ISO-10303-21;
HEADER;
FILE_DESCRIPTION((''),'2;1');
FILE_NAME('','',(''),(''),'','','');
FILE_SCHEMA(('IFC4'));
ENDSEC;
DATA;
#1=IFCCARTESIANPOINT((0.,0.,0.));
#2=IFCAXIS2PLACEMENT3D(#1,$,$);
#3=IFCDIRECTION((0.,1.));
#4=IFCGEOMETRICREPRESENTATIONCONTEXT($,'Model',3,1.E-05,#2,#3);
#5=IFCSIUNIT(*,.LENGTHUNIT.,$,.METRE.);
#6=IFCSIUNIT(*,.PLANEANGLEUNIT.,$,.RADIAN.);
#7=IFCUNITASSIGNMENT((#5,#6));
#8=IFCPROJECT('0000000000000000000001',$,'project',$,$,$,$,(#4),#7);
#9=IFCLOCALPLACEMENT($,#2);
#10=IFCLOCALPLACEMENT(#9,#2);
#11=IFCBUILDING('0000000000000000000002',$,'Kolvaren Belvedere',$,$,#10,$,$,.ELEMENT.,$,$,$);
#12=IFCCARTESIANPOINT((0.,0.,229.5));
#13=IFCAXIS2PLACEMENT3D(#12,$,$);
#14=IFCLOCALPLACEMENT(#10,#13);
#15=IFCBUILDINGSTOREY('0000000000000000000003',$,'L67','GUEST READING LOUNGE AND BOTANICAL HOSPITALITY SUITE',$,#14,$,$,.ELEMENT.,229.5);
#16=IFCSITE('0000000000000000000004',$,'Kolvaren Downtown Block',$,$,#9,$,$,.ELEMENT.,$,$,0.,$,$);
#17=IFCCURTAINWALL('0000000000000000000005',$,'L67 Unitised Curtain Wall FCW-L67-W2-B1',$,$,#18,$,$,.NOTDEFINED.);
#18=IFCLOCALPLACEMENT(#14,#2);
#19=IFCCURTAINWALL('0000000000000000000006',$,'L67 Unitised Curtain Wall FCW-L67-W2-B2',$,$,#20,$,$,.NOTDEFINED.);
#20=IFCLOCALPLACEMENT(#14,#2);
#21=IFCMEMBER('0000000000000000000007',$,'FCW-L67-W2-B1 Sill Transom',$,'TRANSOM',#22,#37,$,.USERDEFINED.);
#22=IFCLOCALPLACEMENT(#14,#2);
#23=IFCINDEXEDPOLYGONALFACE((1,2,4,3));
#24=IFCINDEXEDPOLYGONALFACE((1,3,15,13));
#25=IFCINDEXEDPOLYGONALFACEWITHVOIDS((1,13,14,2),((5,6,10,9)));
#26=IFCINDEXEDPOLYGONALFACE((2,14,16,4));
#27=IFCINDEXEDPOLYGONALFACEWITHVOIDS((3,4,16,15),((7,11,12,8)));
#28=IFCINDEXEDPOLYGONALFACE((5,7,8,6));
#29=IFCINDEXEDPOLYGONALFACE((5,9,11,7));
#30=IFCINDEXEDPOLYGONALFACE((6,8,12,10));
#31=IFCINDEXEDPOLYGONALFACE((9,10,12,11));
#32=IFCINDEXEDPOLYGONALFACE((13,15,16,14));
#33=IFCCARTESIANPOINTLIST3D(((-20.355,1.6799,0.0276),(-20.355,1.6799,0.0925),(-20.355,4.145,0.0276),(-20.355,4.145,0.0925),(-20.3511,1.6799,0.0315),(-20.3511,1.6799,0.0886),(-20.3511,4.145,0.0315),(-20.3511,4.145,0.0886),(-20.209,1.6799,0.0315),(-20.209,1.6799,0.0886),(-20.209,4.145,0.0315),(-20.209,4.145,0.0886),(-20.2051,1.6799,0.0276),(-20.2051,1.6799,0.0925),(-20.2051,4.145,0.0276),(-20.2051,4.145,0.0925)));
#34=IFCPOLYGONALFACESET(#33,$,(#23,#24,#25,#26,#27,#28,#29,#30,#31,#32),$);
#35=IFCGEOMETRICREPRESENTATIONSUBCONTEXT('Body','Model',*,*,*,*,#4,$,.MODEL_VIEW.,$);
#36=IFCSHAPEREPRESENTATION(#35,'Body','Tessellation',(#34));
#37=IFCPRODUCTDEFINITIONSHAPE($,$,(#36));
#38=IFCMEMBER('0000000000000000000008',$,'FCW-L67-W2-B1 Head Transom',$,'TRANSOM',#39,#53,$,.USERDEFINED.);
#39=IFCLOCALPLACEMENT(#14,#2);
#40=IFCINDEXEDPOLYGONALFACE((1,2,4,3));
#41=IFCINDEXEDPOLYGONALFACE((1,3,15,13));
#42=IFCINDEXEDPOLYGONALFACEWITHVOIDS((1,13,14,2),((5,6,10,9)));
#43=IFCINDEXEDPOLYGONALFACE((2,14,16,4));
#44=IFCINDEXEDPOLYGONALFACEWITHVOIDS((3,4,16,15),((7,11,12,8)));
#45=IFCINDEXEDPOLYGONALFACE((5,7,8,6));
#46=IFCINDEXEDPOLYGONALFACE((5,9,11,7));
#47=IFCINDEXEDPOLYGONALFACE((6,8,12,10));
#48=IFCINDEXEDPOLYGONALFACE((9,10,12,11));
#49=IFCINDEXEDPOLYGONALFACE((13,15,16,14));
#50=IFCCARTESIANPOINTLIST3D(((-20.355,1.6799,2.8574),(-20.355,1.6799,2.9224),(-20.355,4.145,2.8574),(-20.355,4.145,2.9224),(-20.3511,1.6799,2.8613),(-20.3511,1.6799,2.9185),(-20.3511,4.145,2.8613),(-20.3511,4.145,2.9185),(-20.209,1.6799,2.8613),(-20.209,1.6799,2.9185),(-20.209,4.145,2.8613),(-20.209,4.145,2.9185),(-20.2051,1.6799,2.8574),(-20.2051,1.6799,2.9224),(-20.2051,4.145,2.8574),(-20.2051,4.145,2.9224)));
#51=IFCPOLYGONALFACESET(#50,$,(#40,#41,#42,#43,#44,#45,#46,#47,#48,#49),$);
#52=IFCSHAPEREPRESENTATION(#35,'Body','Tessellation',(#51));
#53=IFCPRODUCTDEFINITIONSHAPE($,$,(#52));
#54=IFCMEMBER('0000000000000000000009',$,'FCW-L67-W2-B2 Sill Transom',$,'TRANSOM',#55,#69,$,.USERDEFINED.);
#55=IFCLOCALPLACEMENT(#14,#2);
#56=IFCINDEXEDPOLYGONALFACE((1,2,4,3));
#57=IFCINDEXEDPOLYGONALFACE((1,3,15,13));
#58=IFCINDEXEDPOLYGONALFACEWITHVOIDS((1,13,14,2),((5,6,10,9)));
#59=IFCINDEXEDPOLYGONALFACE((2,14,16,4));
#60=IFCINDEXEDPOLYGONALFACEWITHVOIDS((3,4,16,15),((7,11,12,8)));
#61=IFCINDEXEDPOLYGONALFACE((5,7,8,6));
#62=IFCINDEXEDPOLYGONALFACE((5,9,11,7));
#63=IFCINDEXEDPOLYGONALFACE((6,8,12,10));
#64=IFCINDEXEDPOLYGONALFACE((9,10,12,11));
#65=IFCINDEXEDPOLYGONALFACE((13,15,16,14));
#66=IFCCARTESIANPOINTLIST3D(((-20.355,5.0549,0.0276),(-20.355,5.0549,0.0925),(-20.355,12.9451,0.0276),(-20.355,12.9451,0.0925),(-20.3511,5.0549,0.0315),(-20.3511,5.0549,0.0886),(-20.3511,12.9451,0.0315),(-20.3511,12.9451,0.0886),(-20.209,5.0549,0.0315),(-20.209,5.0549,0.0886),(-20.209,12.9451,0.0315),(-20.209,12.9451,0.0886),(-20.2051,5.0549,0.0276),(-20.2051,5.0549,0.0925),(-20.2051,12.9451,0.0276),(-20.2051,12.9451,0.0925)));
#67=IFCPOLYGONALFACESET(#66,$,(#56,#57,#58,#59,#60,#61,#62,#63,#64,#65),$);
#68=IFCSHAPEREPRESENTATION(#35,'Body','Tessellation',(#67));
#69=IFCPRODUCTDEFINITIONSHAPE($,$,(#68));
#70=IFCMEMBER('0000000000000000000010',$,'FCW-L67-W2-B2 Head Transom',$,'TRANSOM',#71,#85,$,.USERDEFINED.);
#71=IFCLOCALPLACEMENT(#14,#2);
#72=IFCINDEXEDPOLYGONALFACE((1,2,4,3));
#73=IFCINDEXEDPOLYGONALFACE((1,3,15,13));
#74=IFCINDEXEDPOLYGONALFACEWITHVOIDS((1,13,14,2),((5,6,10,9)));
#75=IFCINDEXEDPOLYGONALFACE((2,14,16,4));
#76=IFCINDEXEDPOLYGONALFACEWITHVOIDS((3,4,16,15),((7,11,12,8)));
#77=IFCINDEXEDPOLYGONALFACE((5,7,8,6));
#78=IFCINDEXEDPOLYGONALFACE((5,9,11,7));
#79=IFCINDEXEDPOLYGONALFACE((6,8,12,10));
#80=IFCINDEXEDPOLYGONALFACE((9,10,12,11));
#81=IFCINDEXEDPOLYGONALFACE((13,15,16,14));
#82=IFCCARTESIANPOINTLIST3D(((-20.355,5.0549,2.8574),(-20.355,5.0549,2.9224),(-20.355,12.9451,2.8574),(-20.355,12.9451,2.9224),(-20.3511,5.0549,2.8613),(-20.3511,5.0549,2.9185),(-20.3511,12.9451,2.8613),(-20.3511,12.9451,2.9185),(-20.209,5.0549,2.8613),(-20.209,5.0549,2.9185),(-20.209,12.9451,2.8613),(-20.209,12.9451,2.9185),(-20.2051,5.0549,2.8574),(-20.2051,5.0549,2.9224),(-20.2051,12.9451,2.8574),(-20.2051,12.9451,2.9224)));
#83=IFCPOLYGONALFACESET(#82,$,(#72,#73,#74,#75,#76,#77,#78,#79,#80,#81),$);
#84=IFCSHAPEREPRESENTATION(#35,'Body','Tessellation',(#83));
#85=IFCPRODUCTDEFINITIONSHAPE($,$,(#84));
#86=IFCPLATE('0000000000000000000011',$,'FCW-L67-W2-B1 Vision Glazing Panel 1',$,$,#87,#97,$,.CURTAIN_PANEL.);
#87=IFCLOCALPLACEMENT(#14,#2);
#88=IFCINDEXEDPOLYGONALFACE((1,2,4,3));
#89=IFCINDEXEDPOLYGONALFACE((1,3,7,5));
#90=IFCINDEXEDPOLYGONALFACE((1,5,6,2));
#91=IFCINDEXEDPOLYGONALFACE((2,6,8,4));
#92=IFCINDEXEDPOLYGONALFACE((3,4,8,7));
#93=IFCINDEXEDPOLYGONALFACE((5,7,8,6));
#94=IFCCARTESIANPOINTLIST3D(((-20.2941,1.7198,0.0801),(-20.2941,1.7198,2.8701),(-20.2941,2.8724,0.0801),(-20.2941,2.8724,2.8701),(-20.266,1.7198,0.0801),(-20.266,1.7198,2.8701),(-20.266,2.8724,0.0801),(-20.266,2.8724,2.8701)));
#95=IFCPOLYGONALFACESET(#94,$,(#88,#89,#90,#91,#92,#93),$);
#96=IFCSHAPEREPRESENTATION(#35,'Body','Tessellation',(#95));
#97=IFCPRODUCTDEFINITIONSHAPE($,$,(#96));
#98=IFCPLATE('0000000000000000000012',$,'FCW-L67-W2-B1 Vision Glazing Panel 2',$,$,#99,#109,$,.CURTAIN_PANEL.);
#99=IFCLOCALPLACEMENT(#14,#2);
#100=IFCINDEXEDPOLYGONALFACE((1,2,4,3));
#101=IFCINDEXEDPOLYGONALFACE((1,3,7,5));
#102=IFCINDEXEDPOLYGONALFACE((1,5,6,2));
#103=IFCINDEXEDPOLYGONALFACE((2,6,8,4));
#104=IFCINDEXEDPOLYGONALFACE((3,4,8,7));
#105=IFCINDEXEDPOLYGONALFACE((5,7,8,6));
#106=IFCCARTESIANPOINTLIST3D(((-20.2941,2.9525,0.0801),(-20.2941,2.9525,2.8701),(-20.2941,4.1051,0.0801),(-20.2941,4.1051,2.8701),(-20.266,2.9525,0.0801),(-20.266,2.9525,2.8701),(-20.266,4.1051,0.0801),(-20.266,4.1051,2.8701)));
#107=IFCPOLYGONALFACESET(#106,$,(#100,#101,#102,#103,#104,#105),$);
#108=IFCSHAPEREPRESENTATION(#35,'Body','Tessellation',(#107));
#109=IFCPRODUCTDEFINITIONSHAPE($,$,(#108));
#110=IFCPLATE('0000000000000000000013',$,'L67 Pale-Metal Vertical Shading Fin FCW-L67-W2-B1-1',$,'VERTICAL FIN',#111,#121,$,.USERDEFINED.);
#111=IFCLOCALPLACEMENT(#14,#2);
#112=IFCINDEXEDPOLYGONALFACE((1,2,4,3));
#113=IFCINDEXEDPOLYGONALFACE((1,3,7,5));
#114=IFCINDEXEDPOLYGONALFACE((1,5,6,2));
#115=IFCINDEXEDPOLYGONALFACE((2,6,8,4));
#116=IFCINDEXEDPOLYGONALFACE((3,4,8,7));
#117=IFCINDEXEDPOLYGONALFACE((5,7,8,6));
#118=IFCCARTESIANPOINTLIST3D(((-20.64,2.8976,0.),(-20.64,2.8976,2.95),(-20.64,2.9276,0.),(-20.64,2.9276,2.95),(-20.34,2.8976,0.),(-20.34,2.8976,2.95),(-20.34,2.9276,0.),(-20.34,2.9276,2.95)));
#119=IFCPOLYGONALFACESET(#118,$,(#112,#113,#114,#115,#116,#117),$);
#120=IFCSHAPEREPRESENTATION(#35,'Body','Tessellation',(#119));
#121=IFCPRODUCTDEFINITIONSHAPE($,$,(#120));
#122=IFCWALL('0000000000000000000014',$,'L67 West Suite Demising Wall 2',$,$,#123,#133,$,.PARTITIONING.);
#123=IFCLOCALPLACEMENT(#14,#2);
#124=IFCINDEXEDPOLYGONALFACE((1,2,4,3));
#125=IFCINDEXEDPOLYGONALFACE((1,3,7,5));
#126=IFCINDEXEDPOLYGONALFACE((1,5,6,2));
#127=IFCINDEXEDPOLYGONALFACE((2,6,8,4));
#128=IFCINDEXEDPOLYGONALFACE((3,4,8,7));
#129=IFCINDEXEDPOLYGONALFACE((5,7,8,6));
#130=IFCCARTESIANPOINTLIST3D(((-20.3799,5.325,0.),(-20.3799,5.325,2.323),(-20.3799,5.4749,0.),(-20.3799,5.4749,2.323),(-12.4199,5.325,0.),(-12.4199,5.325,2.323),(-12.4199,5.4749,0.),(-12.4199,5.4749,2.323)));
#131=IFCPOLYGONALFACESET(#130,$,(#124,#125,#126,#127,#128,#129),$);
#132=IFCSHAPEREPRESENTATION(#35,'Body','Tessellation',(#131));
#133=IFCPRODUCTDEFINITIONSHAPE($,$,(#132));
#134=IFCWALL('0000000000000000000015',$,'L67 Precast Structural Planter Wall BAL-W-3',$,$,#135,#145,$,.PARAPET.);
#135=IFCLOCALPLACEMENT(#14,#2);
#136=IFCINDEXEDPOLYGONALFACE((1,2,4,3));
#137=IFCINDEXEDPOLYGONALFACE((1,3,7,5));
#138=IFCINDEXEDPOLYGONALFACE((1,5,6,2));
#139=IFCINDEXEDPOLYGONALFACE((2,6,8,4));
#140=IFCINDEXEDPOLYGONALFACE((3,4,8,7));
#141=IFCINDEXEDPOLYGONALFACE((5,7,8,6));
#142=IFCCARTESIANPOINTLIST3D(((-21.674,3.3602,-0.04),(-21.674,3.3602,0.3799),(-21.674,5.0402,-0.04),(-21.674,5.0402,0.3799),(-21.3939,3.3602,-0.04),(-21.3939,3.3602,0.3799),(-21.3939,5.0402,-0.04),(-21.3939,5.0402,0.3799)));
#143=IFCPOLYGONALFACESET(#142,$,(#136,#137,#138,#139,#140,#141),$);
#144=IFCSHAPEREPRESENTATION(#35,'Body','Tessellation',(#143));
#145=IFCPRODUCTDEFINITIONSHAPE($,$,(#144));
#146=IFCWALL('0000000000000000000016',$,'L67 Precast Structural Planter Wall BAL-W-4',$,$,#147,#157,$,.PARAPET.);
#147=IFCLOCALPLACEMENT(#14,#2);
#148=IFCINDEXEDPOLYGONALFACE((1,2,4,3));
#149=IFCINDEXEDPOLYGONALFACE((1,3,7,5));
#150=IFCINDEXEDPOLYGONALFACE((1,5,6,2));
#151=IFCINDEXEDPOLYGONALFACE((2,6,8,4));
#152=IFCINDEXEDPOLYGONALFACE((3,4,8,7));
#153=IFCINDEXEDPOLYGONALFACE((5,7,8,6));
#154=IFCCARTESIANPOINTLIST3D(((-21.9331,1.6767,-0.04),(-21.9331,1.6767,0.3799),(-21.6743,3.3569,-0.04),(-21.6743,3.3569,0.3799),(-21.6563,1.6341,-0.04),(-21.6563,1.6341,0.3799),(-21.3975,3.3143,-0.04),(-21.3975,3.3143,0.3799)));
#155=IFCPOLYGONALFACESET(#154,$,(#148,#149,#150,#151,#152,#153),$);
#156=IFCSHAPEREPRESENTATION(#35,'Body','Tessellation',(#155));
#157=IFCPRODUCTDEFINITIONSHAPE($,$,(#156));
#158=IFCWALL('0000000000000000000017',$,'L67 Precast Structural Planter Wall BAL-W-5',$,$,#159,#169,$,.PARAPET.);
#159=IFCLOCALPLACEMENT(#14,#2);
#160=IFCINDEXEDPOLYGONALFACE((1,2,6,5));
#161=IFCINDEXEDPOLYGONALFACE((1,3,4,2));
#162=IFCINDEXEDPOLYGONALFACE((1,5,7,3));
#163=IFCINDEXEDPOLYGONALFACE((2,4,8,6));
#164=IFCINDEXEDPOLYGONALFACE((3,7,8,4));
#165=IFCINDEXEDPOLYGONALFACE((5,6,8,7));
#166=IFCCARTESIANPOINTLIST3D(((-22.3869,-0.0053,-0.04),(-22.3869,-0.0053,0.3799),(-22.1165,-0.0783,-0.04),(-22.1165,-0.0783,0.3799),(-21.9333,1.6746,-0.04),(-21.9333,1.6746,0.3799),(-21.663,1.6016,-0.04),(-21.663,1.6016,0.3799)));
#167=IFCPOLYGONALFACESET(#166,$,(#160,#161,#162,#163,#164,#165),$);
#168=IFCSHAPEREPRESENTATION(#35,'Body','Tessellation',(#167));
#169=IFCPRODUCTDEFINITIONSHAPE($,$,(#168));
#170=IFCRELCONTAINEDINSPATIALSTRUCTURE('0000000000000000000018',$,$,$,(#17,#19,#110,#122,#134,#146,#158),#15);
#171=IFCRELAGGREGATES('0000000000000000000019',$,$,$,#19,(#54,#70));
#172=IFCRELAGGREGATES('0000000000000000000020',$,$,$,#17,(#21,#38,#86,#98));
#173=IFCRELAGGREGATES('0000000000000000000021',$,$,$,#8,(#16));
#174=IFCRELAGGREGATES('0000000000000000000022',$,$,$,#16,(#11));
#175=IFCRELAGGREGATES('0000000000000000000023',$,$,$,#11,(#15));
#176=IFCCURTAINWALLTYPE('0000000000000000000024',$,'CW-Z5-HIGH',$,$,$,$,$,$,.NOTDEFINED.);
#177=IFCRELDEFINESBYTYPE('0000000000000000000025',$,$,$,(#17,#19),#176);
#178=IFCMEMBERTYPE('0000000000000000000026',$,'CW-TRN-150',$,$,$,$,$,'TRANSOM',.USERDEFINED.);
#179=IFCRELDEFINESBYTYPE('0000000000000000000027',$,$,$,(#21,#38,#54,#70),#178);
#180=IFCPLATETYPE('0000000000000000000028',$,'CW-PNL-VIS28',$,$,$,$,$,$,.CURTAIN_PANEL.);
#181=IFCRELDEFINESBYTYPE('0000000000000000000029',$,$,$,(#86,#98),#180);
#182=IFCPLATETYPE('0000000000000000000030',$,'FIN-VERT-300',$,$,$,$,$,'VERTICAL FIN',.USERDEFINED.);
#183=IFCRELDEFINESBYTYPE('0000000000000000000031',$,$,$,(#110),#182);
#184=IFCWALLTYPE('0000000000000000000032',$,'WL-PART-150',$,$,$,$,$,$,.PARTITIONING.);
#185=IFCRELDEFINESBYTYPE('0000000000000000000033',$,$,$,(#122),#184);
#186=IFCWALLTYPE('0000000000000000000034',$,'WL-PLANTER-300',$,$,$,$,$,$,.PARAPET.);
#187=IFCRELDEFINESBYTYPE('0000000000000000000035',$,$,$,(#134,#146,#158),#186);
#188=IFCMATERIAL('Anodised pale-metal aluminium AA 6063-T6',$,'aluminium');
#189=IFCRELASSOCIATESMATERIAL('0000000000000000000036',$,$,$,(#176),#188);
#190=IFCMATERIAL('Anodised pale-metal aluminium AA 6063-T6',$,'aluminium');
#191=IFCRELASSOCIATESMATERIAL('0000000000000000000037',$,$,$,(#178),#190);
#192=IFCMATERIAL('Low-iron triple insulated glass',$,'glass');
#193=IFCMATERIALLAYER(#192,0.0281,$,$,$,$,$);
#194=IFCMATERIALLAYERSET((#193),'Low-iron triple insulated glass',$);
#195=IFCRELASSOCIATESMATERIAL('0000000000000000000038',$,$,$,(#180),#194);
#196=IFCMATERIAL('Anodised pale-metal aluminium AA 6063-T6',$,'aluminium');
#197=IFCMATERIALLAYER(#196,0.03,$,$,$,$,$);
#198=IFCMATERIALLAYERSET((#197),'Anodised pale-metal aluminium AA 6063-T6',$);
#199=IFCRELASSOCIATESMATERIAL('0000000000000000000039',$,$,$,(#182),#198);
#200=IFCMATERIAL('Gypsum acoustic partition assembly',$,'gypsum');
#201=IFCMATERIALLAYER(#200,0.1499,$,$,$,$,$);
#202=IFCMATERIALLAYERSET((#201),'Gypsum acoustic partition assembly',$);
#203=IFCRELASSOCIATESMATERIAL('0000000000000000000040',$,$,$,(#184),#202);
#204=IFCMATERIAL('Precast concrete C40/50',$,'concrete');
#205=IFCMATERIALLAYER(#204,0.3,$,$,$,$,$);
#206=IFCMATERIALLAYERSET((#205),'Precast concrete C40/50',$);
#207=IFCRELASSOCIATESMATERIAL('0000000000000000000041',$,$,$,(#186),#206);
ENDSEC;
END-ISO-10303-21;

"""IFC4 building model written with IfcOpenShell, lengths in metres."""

from ifc_helpers import new_model, si_unit, direction, frame, frame_2d, origin, origin_2d, place, context, subcontext, project, spatial, rectangle, hollow_rectangle, extrude, material, layer, layer_set, material_profile, profile_set, type_object, element, aggregate, save


model = new_model("IFC4")

# Units and contexts
model_context = context("Model", 3, precision=1e-05, world=origin(), true_north=direction((0.0, 1.0)))
body_context = subcontext(model_context, "Body", "Model", "MODEL_VIEW")
ifc_project = project(units=[si_unit("LENGTHUNIT", "METRE"), si_unit("PLANEANGLEUNIT", "RADIAN")], contexts=[model_context])

# Site, building, storey
site_placement = place(None, origin())
site = spatial("IfcSite", under=ifc_project, at=site_placement, Name="Kolvaren Downtown Block", CompositionType="ELEMENT", RefElevation=0.0)
building_placement = place(site_placement, origin())
building = spatial("IfcBuilding", under=site, at=building_placement, Name="Kolvaren Belvedere", CompositionType="ELEMENT")
storey_placement = place(building_placement, frame((0.0, 0.0, 229.5)))
storey = spatial("IfcBuildingStorey", under=building, at=storey_placement, Name="L67", Description="GUEST READING LOUNGE AND BOTANICAL HOSPITALITY SUITE", CompositionType="ELEMENT", Elevation=229.5)

# Curtain wall
ifc_material_1 = material(Name="Anodised pale-metal aluminium AA 6063-T6", Category="aluminium")
curtain_wall_type = type_object("IfcCurtainWallType", Name="CW-Z5-HIGH", PredefinedType="NOTDEFINED", material=ifc_material_1)
curtain_wall_1_placement = place(storey_placement, origin())
curtain_wall_1 = element("IfcCurtainWall", 1, at=curtain_wall_1_placement, inside=storey, type_object=curtain_wall_type, Name="L67 Unitised Curtain Wall FCW-L67-W2-B1", PredefinedType="NOTDEFINED")

# Curtain wall
curtain_wall_2_placement = place(storey_placement, origin())
curtain_wall_2 = element("IfcCurtainWall", 2, at=curtain_wall_2_placement, inside=storey, type_object=curtain_wall_type, Name="L67 Unitised Curtain Wall FCW-L67-W2-B2", PredefinedType="NOTDEFINED")

# Members
ifc_material_2 = material(Name="Anodised pale-metal aluminium AA 6063-T6", Category="aluminium")
ifc_material_profile_1 = material_profile(ifc_material_2, hollow_rectangle(XDim=0.0649, YDim=0.1499, WallThickness=0.0039, at=origin_2d()), Name="ALU-TRN-150X65")
ifc_profile_set_1 = profile_set([ifc_material_profile_1], Name="Anodised pale-metal aluminium AA 6063-T6")
member_type_1 = type_object("IfcMemberType", Name="CW-TRN-150", ElementType="TRANSOM", PredefinedType="USERDEFINED", material=ifc_profile_set_1)
member_1_placement = place(storey_placement, frame((-20.28, 1.6799, 0.0601), z_axis=(0.0, 1.0, 0.0), x_axis=(0.0, 0.0, 1.0)))
member_1 = element("IfcMember", 3, at=member_1_placement, type_object=member_type_1, Name="FCW-L67-W2-B1 Sill Transom", ObjectType="TRANSOM", PredefinedType="USERDEFINED", context=body_context, shape_type="SweptSolid", body=[
    extrude(hollow_rectangle(XDim=0.0649, YDim=0.1499, WallThickness=0.0039, at=origin_2d()), origin(), (0.0, 0.0, 1.0), 2.4651),
])
member_2_placement = place(storey_placement, frame((-20.28, 1.6799, 2.8899), z_axis=(0.0, 1.0, 0.0), x_axis=(0.0, 0.0, 1.0)))
member_2 = element("IfcMember", 4, at=member_2_placement, type_object=member_type_1, Name="FCW-L67-W2-B1 Head Transom", ObjectType="TRANSOM", PredefinedType="USERDEFINED", context=body_context, shape_type="SweptSolid", body=[
    extrude(hollow_rectangle(XDim=0.0649, YDim=0.1499, WallThickness=0.0039, at=origin_2d()), origin(), (0.0, 0.0, 1.0), 2.4651),
])
member_3_placement = place(storey_placement, frame((-20.28, 5.0549, 0.0601), z_axis=(0.0, 1.0, 0.0), x_axis=(0.0, 0.0, 1.0)))
member_3 = element("IfcMember", 5, at=member_3_placement, type_object=member_type_1, Name="FCW-L67-W2-B2 Sill Transom", ObjectType="TRANSOM", PredefinedType="USERDEFINED", context=body_context, shape_type="SweptSolid", body=[
    extrude(hollow_rectangle(XDim=0.0649, YDim=0.1499, WallThickness=0.0039, at=origin_2d()), origin(), (0.0, 0.0, 1.0), 7.8901),
])
member_4_placement = place(storey_placement, frame((-20.28, 5.0549, 2.8899), z_axis=(0.0, 1.0, 0.0), x_axis=(0.0, 0.0, 1.0)))
member_4 = element("IfcMember", 6, at=member_4_placement, type_object=member_type_1, Name="FCW-L67-W2-B2 Head Transom", ObjectType="TRANSOM", PredefinedType="USERDEFINED", context=body_context, shape_type="SweptSolid", body=[
    extrude(hollow_rectangle(XDim=0.0649, YDim=0.1499, WallThickness=0.0039, at=origin_2d()), origin(), (0.0, 0.0, 1.0), 7.8901),
])
aggregate(curtain_wall_2, [member_3, member_4])

# Plates
ifc_material_3 = material(Name="Low-iron triple insulated glass", Category="glass")
ifc_layer_1 = layer(ifc_material_3, 0.0281)
ifc_layer_set_1 = layer_set([ifc_layer_1], Name="Low-iron triple insulated glass")
plate_type_1 = type_object("IfcPlateType", Name="CW-PNL-VIS28", PredefinedType="CURTAIN_PANEL", material=ifc_layer_set_1)
plate_1_placement = place(storey_placement, frame((-20.28, 2.2961, 0.0801), z_axis=(0.0, 0.0, 1.0), x_axis=(0.0, 1.0, 0.0)))
plate_1 = element("IfcPlate", 7, at=plate_1_placement, type_object=plate_type_1, Name="FCW-L67-W2-B1 Vision Glazing Panel 1", PredefinedType="CURTAIN_PANEL", context=body_context, shape_type="SweptSolid", body=[
    extrude(rectangle(XDim=1.1526, YDim=0.0281, at=origin_2d()), origin(), (0.0, 0.0, 1.0), 2.79),
])
plate_2_placement = place(storey_placement, frame((-20.28, 3.5288, 0.0801), z_axis=(0.0, 0.0, 1.0), x_axis=(0.0, 1.0, 0.0)))
plate_2 = element("IfcPlate", 8, at=plate_2_placement, type_object=plate_type_1, Name="FCW-L67-W2-B1 Vision Glazing Panel 2", PredefinedType="CURTAIN_PANEL", context=body_context, shape_type="SweptSolid", body=[
    extrude(rectangle(XDim=1.1526, YDim=0.0281, at=origin_2d()), origin(), (0.0, 0.0, 1.0), 2.79),
])
aggregate(curtain_wall_1, [member_1, member_2, plate_1, plate_2])
ifc_material_4 = material(Name="Anodised pale-metal aluminium AA 6063-T6", Category="aluminium")
ifc_layer_2 = layer(ifc_material_4, 0.03)
ifc_layer_set_2 = layer_set([ifc_layer_2], Name="Anodised pale-metal aluminium AA 6063-T6")
plate_type_2 = type_object("IfcPlateType", Name="FIN-VERT-300", ElementType="VERTICAL FIN", PredefinedType="USERDEFINED", material=ifc_layer_set_2)
plate_3_placement = place(storey_placement, frame((-20.49, 2.9126, 0.0), z_axis=(0.0, 0.0, 1.0), x_axis=(1.0, 0.0, 0.0)))
element("IfcPlate", 9, at=plate_3_placement, inside=storey, type_object=plate_type_2, Name="L67 Pale-Metal Vertical Shading Fin FCW-L67-W2-B1-1", ObjectType="VERTICAL FIN", PredefinedType="USERDEFINED", context=body_context, shape_type="SweptSolid", body=[
    extrude(rectangle(XDim=0.3, YDim=0.03, at=origin_2d()), origin(), (0.0, 0.0, 1.0), 2.95),
])

# Walls
ifc_material_5 = material(Name="Gypsum acoustic partition assembly", Category="gypsum")
ifc_layer_3 = layer(ifc_material_5, 0.1499)
ifc_layer_set_3 = layer_set([ifc_layer_3], Name="Gypsum acoustic partition assembly")
wall_type_1 = type_object("IfcWallType", Name="WL-PART-150", PredefinedType="PARTITIONING", material=ifc_layer_set_3)
wall_1_placement = place(storey_placement, frame((-20.3799, 5.3999, 0.0), z_axis=(0.0, 0.0, 1.0), x_axis=(1.0, 0.0, 0.0)))
element("IfcWall", 10, at=wall_1_placement, inside=storey, type_object=wall_type_1, Name="L67 West Suite Demising Wall 2", PredefinedType="PARTITIONING", context=body_context, shape_type="SweptSolid", body=[
    extrude(rectangle(XDim=7.96, YDim=0.1499, at=frame_2d((3.98, 0.0))), origin(), (0.0, 0.0, 1.0), 2.323),
])
ifc_material_6 = material(Name="Precast concrete C40/50", Category="concrete")
ifc_layer_4 = layer(ifc_material_6, 0.3)
ifc_layer_set_4 = layer_set([ifc_layer_4], Name="Precast concrete C40/50")
wall_type_2 = type_object("IfcWallType", Name="WL-PLANTER-300", PredefinedType="PARAPET", material=ifc_layer_set_4)
wall_2_placement = place(storey_placement, frame((-21.5339, 5.04, -0.04), z_axis=(0.0, 0.0, 1.0), x_axis=(0.0, -1.0, 0.0)))
element("IfcWall", 11, at=wall_2_placement, inside=storey, type_object=wall_type_2, Name="L67 Precast Structural Planter Wall BAL-W-3", PredefinedType="PARAPET", context=body_context, shape_type="SweptSolid", body=[
    extrude(rectangle(XDim=1.6799, YDim=0.28, at=frame_2d((0.8398, 0.0))), origin(), (0.0, 0.0, 1.0), 0.4199),
])
wall_3_placement = place(storey_placement, frame((-21.5359, 3.3357, -0.04), z_axis=(0.0, 0.0, 1.0), x_axis=(-0.15223, -0.988345, 0.0)))
element("IfcWall", 12, at=wall_3_placement, inside=storey, type_object=wall_type_2, Name="L67 Precast Structural Planter Wall BAL-W-4", PredefinedType="PARAPET", context=body_context, shape_type="SweptSolid", body=[
    extrude(rectangle(XDim=1.7, YDim=0.28, at=frame_2d((0.8501, 0.0))), origin(), (0.0, 0.0, 1.0), 0.4199),
])
wall_4_placement = place(storey_placement, frame((-21.7981, 1.6382, -0.04), z_axis=(0.0, 0.0, 1.0), x_axis=(-0.260683, -0.965424, 0.0)))
element("IfcWall", 13, at=wall_4_placement, inside=storey, type_object=wall_type_2, Name="L67 Precast Structural Planter Wall BAL-W-5", PredefinedType="PARAPET", context=body_context, shape_type="SweptSolid", body=[
    extrude(rectangle(XDim=1.74, YDim=0.28, at=frame_2d((0.8701, 0.0))), origin(), (0.0, 0.0, 1.0), 0.4199),
])

save(model, "model.ifc")
